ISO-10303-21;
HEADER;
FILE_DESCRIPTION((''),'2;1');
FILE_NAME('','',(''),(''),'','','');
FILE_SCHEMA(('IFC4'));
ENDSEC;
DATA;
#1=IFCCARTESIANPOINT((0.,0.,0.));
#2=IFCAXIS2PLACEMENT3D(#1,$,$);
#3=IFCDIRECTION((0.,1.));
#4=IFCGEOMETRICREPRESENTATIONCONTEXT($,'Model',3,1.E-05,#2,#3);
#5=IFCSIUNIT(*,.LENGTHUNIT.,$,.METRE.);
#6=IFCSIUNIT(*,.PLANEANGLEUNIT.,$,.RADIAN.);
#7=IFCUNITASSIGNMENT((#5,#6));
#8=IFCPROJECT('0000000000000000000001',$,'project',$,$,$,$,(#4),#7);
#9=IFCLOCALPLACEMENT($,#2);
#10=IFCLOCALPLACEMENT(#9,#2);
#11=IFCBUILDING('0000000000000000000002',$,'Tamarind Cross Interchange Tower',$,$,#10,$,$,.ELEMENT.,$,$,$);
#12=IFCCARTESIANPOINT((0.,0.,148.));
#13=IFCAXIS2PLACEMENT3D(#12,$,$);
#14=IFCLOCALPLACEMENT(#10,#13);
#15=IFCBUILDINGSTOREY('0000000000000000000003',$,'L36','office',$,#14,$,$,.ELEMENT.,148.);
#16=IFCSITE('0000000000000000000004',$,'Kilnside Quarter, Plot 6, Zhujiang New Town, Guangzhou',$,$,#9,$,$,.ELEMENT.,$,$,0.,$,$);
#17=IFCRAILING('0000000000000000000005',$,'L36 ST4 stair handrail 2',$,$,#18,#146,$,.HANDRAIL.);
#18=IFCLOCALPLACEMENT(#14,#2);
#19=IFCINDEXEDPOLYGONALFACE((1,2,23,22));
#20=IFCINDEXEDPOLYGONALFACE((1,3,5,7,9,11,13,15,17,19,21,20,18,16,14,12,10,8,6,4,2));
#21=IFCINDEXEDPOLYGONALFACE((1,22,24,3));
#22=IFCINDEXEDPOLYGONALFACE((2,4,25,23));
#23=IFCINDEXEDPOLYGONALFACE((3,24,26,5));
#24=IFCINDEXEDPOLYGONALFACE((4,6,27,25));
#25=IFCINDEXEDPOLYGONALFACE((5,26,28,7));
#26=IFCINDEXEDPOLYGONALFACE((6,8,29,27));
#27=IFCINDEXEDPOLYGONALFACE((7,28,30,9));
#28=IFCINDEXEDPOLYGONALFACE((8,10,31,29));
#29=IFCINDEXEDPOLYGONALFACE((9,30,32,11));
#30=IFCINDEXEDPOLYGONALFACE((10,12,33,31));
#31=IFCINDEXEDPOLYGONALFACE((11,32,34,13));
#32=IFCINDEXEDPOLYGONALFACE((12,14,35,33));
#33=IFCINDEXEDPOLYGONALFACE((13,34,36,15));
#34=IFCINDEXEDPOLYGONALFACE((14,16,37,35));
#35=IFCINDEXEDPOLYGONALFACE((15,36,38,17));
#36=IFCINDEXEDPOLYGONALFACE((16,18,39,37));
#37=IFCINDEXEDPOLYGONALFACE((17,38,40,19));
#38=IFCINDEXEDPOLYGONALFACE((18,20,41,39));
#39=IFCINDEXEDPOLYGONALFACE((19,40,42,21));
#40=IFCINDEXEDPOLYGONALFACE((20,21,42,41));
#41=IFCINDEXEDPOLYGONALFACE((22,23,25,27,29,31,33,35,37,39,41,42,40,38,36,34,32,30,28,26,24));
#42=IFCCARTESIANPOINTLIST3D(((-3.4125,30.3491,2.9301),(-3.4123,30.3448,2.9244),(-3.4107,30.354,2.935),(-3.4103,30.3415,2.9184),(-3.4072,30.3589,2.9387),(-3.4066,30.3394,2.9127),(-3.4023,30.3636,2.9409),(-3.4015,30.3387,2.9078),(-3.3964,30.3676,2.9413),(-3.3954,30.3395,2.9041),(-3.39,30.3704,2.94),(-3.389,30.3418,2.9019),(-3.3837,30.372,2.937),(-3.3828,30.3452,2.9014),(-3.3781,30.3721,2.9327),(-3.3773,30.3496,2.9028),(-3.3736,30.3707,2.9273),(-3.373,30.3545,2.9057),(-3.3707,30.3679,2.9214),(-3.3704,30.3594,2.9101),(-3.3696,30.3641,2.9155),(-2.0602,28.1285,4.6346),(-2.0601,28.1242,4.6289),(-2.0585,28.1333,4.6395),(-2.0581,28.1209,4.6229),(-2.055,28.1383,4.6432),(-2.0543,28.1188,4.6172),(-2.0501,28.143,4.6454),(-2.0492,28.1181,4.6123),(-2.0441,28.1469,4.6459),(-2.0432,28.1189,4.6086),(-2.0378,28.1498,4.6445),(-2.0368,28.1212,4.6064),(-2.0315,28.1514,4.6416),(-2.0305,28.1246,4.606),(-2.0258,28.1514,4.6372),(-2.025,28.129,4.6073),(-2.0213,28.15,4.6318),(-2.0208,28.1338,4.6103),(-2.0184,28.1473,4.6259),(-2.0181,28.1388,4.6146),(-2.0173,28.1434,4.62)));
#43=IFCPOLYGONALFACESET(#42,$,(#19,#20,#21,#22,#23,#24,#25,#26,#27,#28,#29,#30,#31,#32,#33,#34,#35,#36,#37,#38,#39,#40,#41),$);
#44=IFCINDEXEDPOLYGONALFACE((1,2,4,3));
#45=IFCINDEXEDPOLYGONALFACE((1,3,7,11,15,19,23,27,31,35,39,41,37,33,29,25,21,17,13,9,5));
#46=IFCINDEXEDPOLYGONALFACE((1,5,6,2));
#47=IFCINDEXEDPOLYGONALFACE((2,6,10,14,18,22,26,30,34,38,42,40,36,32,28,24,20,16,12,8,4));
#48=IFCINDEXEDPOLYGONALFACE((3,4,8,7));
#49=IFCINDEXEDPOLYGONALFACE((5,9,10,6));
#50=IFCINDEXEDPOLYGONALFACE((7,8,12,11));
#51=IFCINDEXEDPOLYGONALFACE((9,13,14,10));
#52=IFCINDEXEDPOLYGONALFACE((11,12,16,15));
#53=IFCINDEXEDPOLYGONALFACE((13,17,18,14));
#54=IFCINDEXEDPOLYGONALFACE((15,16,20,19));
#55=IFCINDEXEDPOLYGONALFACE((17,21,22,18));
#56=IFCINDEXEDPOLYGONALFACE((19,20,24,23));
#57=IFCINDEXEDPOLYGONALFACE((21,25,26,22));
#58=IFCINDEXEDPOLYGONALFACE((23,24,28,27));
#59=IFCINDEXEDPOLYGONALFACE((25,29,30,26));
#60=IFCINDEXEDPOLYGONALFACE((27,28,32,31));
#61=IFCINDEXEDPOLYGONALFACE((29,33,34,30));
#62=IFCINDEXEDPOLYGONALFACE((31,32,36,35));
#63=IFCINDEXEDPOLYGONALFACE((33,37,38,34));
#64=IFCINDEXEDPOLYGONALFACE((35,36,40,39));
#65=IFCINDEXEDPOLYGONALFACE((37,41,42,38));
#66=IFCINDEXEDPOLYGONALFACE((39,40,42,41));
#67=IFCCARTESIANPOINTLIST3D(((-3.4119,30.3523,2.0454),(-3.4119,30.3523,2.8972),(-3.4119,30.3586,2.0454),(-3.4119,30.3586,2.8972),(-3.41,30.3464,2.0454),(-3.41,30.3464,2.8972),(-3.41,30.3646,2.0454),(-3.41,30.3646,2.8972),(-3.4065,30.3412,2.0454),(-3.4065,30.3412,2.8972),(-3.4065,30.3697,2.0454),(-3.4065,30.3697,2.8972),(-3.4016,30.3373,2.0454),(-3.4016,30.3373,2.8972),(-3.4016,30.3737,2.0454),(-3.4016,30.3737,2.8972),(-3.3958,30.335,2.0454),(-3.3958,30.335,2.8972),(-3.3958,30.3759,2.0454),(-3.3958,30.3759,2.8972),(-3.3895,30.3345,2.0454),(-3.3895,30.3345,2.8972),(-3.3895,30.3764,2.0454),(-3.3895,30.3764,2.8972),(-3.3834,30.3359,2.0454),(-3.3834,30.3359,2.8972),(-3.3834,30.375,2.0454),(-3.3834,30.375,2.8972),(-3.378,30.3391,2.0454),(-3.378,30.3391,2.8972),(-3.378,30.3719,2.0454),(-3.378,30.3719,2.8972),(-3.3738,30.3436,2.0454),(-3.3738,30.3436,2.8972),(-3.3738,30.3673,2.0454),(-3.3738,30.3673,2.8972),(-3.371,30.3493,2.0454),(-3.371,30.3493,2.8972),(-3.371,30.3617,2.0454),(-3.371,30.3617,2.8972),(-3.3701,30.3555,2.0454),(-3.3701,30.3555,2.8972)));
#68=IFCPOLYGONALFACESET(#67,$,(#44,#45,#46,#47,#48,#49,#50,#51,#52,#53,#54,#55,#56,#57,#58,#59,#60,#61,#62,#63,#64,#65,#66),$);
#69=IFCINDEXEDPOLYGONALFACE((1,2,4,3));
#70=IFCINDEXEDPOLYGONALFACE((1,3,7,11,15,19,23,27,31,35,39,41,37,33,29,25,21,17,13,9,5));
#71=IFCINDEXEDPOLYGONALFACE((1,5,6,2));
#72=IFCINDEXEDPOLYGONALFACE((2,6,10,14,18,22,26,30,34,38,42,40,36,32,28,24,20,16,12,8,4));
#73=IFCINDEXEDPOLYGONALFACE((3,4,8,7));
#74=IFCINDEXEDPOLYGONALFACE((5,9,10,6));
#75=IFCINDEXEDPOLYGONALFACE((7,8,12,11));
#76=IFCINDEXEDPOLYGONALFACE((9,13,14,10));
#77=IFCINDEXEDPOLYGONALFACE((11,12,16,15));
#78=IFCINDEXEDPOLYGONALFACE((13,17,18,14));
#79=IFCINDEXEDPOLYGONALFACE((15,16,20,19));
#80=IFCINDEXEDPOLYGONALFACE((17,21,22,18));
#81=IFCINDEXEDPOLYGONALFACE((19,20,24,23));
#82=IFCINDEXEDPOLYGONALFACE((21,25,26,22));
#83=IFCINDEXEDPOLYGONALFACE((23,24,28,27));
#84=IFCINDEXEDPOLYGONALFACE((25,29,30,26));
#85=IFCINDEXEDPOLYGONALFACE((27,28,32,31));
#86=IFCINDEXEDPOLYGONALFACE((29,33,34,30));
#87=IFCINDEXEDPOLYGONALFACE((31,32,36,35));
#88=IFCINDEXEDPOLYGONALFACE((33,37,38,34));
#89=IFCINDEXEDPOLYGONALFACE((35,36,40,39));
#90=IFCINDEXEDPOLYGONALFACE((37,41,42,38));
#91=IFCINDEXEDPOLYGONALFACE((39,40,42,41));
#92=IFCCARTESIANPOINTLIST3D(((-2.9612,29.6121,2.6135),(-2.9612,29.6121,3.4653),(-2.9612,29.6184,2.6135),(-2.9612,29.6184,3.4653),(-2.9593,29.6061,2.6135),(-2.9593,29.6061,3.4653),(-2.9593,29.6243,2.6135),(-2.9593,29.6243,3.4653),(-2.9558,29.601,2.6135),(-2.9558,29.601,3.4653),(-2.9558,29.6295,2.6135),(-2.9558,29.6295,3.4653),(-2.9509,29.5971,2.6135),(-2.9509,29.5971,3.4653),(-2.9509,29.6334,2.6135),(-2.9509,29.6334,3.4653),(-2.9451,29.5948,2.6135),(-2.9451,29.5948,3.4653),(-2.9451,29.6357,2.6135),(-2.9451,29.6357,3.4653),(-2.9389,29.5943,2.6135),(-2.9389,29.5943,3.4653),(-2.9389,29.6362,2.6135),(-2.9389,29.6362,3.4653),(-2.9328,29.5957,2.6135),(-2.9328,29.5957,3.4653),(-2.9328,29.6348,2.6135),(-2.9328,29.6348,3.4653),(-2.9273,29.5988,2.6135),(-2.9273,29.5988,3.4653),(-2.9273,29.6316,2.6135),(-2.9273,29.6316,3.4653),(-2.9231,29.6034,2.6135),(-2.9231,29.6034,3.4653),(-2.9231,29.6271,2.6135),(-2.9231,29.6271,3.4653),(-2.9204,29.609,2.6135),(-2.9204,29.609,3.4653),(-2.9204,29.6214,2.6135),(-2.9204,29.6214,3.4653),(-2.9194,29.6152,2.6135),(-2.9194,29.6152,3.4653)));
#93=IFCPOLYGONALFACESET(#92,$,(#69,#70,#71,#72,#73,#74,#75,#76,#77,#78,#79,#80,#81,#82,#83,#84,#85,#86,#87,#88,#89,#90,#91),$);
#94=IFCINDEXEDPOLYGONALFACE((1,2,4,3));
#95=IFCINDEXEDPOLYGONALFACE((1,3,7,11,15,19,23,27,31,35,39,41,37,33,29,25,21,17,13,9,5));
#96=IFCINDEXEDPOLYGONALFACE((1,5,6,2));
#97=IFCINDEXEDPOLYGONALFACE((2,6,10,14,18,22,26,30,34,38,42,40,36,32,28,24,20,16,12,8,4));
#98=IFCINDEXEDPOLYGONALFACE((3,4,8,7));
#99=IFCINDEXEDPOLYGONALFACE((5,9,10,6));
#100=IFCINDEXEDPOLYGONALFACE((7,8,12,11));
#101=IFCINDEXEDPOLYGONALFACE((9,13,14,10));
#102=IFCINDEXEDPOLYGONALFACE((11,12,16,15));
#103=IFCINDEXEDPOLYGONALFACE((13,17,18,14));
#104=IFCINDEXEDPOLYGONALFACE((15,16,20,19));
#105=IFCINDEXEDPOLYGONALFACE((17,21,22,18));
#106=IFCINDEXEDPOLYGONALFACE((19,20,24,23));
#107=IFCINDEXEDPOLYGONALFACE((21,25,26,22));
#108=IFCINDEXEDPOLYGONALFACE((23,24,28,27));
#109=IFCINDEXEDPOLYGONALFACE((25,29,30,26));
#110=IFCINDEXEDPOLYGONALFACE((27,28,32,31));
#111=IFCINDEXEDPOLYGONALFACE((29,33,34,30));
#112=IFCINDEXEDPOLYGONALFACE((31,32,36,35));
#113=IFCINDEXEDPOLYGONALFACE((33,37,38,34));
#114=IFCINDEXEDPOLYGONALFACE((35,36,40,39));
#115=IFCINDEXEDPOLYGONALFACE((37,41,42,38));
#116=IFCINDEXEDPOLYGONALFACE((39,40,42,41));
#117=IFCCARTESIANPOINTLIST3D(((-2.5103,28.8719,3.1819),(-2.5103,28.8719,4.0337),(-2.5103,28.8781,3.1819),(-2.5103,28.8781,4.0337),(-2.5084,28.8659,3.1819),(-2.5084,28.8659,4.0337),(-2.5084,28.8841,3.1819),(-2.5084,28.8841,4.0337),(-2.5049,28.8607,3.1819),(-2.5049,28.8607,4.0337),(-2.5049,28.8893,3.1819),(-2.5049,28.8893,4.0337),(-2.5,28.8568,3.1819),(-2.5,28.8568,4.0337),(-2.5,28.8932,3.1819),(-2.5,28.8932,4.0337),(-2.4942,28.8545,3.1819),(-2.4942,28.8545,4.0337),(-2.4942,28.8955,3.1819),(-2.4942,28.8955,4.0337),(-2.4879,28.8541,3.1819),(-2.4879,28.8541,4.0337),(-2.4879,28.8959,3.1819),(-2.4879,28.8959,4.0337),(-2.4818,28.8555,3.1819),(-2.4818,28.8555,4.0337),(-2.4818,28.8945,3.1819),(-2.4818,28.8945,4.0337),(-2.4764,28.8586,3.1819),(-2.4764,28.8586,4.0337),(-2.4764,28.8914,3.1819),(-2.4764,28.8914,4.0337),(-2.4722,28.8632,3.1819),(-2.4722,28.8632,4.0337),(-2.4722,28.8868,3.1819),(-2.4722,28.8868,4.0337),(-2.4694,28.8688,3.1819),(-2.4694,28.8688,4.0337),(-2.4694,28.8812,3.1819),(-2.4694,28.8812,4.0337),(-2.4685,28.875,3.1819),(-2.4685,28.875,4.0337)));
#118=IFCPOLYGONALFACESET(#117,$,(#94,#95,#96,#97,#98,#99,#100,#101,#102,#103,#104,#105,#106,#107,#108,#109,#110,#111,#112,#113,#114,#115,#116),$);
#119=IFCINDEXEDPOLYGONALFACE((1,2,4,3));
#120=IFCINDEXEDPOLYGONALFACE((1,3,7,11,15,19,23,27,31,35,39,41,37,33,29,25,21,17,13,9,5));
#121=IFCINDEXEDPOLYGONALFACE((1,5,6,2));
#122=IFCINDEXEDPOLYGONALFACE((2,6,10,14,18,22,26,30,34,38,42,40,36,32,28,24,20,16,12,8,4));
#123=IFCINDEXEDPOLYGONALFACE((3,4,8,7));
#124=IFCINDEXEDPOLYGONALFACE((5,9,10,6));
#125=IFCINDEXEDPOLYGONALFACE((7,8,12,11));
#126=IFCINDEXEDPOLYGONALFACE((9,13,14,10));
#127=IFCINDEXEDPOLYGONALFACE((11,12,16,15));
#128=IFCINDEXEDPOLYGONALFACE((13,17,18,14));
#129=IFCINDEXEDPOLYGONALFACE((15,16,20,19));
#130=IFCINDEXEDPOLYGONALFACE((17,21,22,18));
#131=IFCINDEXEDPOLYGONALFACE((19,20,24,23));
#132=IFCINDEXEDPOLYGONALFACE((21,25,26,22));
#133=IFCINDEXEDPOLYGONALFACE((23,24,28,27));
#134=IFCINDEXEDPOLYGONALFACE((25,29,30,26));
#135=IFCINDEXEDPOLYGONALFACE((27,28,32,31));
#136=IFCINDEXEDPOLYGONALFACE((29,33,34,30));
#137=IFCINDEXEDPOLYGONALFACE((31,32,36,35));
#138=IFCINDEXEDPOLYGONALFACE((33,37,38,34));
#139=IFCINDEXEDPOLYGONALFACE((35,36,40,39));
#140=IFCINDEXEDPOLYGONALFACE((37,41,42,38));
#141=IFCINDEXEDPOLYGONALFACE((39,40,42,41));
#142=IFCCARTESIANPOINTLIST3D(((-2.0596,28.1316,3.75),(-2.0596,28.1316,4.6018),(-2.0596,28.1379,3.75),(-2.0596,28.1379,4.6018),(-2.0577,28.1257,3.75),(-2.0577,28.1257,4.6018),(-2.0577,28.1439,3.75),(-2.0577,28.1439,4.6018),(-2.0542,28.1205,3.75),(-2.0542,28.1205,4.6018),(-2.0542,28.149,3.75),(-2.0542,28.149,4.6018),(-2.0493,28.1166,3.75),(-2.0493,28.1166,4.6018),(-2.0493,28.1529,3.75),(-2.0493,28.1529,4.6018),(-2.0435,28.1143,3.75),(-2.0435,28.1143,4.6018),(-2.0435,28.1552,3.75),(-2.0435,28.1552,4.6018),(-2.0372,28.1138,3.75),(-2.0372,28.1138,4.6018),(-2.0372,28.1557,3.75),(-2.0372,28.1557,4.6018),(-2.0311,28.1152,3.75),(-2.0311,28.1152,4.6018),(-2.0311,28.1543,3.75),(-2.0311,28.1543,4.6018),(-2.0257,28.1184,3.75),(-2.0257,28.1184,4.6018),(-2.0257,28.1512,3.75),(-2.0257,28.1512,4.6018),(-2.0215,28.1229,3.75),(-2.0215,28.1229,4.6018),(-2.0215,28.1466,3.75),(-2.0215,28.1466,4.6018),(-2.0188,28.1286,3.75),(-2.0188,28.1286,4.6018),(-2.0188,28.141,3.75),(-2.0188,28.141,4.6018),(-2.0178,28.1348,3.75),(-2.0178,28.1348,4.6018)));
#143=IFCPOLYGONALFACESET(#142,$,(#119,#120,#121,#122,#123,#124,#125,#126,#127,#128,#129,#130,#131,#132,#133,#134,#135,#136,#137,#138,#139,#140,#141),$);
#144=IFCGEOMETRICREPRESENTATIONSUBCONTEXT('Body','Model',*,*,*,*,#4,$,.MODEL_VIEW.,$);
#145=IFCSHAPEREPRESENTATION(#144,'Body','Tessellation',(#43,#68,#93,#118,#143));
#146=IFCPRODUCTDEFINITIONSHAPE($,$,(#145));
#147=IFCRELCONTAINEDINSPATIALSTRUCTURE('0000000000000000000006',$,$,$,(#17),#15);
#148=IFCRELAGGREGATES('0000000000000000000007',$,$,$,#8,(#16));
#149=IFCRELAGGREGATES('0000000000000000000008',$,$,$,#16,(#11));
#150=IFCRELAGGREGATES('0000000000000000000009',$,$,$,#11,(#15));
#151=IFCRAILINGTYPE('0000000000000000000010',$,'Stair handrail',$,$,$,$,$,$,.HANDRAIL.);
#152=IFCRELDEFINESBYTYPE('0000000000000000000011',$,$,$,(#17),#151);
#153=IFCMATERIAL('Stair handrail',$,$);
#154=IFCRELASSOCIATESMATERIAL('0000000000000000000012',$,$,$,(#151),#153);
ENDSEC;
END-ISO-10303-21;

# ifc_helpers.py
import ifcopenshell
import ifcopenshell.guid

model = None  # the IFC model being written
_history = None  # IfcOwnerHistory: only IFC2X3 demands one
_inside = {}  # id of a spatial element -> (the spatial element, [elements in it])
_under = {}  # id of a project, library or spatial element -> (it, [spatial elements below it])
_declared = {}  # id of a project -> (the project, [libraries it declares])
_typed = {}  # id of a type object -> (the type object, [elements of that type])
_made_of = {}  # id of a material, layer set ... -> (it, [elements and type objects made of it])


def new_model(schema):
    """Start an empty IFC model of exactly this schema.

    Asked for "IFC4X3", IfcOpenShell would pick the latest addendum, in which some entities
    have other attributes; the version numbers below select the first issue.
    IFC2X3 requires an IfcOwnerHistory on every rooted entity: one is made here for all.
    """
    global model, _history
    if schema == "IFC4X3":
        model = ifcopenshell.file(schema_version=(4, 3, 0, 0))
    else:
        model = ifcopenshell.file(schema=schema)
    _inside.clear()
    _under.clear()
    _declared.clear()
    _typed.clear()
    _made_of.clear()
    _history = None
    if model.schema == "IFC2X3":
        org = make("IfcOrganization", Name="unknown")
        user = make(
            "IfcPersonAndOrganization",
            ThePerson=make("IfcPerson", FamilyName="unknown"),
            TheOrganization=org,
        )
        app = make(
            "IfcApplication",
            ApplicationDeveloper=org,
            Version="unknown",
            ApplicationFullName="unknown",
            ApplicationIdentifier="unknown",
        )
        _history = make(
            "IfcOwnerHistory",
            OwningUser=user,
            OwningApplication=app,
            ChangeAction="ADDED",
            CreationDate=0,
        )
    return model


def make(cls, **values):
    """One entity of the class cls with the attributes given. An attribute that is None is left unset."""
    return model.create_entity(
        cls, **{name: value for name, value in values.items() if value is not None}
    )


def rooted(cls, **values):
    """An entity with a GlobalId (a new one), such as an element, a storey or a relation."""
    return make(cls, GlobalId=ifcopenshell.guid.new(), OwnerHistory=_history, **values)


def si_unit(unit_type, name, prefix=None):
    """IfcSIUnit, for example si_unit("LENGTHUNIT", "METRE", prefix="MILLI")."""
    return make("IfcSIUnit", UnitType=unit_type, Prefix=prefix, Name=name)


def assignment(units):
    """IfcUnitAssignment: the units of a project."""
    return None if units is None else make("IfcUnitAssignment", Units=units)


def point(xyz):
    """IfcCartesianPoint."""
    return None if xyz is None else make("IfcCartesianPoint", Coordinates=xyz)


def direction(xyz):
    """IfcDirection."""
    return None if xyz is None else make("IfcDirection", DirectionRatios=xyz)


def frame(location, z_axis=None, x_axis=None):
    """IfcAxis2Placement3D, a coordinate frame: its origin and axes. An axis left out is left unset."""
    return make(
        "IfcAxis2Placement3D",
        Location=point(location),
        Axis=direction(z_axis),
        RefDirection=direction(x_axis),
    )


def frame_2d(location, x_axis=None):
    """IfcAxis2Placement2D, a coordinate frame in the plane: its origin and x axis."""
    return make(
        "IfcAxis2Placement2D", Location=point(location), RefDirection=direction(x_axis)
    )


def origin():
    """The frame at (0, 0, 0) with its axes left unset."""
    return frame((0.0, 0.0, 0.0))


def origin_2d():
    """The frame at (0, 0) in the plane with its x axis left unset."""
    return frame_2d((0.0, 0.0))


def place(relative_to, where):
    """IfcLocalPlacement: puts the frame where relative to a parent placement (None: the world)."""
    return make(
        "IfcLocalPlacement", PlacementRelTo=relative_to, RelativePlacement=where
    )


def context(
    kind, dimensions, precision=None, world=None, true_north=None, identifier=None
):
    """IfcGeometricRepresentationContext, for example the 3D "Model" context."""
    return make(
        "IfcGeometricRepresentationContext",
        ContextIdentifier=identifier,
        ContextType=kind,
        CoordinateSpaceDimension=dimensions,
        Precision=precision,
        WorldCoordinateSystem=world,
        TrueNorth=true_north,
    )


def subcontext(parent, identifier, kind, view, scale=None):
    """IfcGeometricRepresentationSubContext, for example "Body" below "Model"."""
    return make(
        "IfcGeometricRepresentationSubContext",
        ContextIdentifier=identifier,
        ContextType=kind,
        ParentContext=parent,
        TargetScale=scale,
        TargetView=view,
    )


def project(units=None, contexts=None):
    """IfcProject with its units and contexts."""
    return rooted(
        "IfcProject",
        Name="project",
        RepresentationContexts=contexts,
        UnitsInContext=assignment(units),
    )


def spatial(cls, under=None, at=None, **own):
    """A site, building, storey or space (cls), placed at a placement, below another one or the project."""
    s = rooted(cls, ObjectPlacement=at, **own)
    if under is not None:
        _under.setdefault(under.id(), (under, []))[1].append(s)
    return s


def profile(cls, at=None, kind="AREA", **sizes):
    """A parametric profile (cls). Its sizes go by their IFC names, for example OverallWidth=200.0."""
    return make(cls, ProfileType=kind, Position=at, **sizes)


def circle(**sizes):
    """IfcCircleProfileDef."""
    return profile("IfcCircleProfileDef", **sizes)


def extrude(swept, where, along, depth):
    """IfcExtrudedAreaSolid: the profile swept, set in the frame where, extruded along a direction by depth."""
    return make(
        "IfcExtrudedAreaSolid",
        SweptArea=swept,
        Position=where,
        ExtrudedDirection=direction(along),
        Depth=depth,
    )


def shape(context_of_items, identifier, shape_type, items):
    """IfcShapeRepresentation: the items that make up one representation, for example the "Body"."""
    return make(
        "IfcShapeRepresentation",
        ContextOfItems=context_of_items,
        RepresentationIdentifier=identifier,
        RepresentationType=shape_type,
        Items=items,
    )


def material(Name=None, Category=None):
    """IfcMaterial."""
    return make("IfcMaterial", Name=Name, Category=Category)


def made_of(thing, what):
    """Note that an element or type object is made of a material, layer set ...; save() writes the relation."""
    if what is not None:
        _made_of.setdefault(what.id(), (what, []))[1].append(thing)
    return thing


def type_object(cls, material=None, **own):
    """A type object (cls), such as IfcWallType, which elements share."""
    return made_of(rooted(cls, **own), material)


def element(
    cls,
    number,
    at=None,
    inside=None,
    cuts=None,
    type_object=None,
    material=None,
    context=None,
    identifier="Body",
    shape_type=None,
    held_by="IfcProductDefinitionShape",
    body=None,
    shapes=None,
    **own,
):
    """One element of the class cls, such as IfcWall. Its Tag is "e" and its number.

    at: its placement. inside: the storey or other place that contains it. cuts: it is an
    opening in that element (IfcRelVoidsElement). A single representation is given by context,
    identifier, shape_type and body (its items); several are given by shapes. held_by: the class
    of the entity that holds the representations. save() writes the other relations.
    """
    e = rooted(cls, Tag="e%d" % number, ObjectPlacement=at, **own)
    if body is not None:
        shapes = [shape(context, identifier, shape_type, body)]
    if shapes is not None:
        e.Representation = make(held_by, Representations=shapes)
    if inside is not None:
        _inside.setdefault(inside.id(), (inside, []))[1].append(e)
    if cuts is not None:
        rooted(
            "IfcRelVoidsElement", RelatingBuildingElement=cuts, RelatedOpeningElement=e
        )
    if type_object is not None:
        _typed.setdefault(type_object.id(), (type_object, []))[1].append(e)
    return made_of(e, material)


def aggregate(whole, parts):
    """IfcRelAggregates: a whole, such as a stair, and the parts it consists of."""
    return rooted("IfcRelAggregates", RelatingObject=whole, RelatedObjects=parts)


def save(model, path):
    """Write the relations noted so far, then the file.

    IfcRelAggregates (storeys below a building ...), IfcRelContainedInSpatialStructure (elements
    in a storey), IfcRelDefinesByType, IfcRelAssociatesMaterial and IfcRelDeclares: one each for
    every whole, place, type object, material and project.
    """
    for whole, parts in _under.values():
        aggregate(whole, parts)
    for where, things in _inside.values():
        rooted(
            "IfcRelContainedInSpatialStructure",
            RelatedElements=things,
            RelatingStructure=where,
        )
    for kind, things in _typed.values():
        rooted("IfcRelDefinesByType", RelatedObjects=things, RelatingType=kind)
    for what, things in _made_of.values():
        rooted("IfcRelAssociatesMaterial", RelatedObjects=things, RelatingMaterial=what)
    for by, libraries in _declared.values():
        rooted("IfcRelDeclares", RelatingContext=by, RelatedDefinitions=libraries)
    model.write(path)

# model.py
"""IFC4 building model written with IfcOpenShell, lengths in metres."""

from ifc_helpers import new_model, si_unit, direction, frame, origin, origin_2d, place, context, subcontext, project, spatial, circle, extrude, material, type_object, element, save


model = new_model("IFC4")

# Units and contexts
model_context = context("Model", 3, precision=1e-05, world=origin(), true_north=direction((0.0, 1.0)))
body_context = subcontext(model_context, "Body", "Model", "MODEL_VIEW")
ifc_project = project(units=[si_unit("LENGTHUNIT", "METRE"), si_unit("PLANEANGLEUNIT", "RADIAN")], contexts=[model_context])

# Site, building, storey
site_placement = place(None, origin())
site = spatial("IfcSite", under=ifc_project, at=site_placement, Name="Kilnside Quarter, Plot 6, Zhujiang New Town, Guangzhou", CompositionType="ELEMENT", RefElevation=0.0)
building_placement = place(site_placement, origin())
building = spatial("IfcBuilding", under=site, at=building_placement, Name="Tamarind Cross Interchange Tower", CompositionType="ELEMENT")
storey_placement = place(building_placement, frame((0.0, 0.0, 148.0)))
storey = spatial("IfcBuildingStorey", under=building, at=storey_placement, Name="L36", Description="office", CompositionType="ELEMENT", Elevation=148.0)

# Railing
ifc_material_1 = material(Name="Stair handrail")
railing_type_1 = type_object("IfcRailingType", Name="Stair handrail", PredefinedType="HANDRAIL", material=ifc_material_1)
railing_1_placement = place(storey_placement, frame((-3.3911, 30.3555, 2.0454)))
element("IfcRailing", 1, at=railing_1_placement, inside=storey, type_object=railing_type_1, Name="L36 ST4 stair handrail 2", PredefinedType="HANDRAIL", context=body_context, shape_type="SweptSolid", body=[
    extrude(circle(Radius=0.0239, at=origin_2d()), frame((0.0, 0.0, 0.876), z_axis=(0.434962, -0.714283, 0.548277), x_axis=(0.854102, 0.520105, 0.0)), (0.0, 0.0, 1.0), 3.1089),
    extrude(circle(Radius=0.021, at=origin_2d()), origin(), (0.0, 0.0, 1.0), 0.8518),
    extrude(circle(Radius=0.021, at=origin_2d()), frame((0.4507, -0.7402, 0.5681)), (0.0, 0.0, 1.0), 0.8518),
    extrude(circle(Radius=0.021, at=origin_2d()), frame((0.9016, -1.4805, 1.1365)), (0.0, 0.0, 1.0), 0.8518),
    extrude(circle(Radius=0.021, at=origin_2d()), frame((1.3523, -2.2207, 1.7046)), (0.0, 0.0, 1.0), 0.8518),
])

save(model, "model.ifc")
